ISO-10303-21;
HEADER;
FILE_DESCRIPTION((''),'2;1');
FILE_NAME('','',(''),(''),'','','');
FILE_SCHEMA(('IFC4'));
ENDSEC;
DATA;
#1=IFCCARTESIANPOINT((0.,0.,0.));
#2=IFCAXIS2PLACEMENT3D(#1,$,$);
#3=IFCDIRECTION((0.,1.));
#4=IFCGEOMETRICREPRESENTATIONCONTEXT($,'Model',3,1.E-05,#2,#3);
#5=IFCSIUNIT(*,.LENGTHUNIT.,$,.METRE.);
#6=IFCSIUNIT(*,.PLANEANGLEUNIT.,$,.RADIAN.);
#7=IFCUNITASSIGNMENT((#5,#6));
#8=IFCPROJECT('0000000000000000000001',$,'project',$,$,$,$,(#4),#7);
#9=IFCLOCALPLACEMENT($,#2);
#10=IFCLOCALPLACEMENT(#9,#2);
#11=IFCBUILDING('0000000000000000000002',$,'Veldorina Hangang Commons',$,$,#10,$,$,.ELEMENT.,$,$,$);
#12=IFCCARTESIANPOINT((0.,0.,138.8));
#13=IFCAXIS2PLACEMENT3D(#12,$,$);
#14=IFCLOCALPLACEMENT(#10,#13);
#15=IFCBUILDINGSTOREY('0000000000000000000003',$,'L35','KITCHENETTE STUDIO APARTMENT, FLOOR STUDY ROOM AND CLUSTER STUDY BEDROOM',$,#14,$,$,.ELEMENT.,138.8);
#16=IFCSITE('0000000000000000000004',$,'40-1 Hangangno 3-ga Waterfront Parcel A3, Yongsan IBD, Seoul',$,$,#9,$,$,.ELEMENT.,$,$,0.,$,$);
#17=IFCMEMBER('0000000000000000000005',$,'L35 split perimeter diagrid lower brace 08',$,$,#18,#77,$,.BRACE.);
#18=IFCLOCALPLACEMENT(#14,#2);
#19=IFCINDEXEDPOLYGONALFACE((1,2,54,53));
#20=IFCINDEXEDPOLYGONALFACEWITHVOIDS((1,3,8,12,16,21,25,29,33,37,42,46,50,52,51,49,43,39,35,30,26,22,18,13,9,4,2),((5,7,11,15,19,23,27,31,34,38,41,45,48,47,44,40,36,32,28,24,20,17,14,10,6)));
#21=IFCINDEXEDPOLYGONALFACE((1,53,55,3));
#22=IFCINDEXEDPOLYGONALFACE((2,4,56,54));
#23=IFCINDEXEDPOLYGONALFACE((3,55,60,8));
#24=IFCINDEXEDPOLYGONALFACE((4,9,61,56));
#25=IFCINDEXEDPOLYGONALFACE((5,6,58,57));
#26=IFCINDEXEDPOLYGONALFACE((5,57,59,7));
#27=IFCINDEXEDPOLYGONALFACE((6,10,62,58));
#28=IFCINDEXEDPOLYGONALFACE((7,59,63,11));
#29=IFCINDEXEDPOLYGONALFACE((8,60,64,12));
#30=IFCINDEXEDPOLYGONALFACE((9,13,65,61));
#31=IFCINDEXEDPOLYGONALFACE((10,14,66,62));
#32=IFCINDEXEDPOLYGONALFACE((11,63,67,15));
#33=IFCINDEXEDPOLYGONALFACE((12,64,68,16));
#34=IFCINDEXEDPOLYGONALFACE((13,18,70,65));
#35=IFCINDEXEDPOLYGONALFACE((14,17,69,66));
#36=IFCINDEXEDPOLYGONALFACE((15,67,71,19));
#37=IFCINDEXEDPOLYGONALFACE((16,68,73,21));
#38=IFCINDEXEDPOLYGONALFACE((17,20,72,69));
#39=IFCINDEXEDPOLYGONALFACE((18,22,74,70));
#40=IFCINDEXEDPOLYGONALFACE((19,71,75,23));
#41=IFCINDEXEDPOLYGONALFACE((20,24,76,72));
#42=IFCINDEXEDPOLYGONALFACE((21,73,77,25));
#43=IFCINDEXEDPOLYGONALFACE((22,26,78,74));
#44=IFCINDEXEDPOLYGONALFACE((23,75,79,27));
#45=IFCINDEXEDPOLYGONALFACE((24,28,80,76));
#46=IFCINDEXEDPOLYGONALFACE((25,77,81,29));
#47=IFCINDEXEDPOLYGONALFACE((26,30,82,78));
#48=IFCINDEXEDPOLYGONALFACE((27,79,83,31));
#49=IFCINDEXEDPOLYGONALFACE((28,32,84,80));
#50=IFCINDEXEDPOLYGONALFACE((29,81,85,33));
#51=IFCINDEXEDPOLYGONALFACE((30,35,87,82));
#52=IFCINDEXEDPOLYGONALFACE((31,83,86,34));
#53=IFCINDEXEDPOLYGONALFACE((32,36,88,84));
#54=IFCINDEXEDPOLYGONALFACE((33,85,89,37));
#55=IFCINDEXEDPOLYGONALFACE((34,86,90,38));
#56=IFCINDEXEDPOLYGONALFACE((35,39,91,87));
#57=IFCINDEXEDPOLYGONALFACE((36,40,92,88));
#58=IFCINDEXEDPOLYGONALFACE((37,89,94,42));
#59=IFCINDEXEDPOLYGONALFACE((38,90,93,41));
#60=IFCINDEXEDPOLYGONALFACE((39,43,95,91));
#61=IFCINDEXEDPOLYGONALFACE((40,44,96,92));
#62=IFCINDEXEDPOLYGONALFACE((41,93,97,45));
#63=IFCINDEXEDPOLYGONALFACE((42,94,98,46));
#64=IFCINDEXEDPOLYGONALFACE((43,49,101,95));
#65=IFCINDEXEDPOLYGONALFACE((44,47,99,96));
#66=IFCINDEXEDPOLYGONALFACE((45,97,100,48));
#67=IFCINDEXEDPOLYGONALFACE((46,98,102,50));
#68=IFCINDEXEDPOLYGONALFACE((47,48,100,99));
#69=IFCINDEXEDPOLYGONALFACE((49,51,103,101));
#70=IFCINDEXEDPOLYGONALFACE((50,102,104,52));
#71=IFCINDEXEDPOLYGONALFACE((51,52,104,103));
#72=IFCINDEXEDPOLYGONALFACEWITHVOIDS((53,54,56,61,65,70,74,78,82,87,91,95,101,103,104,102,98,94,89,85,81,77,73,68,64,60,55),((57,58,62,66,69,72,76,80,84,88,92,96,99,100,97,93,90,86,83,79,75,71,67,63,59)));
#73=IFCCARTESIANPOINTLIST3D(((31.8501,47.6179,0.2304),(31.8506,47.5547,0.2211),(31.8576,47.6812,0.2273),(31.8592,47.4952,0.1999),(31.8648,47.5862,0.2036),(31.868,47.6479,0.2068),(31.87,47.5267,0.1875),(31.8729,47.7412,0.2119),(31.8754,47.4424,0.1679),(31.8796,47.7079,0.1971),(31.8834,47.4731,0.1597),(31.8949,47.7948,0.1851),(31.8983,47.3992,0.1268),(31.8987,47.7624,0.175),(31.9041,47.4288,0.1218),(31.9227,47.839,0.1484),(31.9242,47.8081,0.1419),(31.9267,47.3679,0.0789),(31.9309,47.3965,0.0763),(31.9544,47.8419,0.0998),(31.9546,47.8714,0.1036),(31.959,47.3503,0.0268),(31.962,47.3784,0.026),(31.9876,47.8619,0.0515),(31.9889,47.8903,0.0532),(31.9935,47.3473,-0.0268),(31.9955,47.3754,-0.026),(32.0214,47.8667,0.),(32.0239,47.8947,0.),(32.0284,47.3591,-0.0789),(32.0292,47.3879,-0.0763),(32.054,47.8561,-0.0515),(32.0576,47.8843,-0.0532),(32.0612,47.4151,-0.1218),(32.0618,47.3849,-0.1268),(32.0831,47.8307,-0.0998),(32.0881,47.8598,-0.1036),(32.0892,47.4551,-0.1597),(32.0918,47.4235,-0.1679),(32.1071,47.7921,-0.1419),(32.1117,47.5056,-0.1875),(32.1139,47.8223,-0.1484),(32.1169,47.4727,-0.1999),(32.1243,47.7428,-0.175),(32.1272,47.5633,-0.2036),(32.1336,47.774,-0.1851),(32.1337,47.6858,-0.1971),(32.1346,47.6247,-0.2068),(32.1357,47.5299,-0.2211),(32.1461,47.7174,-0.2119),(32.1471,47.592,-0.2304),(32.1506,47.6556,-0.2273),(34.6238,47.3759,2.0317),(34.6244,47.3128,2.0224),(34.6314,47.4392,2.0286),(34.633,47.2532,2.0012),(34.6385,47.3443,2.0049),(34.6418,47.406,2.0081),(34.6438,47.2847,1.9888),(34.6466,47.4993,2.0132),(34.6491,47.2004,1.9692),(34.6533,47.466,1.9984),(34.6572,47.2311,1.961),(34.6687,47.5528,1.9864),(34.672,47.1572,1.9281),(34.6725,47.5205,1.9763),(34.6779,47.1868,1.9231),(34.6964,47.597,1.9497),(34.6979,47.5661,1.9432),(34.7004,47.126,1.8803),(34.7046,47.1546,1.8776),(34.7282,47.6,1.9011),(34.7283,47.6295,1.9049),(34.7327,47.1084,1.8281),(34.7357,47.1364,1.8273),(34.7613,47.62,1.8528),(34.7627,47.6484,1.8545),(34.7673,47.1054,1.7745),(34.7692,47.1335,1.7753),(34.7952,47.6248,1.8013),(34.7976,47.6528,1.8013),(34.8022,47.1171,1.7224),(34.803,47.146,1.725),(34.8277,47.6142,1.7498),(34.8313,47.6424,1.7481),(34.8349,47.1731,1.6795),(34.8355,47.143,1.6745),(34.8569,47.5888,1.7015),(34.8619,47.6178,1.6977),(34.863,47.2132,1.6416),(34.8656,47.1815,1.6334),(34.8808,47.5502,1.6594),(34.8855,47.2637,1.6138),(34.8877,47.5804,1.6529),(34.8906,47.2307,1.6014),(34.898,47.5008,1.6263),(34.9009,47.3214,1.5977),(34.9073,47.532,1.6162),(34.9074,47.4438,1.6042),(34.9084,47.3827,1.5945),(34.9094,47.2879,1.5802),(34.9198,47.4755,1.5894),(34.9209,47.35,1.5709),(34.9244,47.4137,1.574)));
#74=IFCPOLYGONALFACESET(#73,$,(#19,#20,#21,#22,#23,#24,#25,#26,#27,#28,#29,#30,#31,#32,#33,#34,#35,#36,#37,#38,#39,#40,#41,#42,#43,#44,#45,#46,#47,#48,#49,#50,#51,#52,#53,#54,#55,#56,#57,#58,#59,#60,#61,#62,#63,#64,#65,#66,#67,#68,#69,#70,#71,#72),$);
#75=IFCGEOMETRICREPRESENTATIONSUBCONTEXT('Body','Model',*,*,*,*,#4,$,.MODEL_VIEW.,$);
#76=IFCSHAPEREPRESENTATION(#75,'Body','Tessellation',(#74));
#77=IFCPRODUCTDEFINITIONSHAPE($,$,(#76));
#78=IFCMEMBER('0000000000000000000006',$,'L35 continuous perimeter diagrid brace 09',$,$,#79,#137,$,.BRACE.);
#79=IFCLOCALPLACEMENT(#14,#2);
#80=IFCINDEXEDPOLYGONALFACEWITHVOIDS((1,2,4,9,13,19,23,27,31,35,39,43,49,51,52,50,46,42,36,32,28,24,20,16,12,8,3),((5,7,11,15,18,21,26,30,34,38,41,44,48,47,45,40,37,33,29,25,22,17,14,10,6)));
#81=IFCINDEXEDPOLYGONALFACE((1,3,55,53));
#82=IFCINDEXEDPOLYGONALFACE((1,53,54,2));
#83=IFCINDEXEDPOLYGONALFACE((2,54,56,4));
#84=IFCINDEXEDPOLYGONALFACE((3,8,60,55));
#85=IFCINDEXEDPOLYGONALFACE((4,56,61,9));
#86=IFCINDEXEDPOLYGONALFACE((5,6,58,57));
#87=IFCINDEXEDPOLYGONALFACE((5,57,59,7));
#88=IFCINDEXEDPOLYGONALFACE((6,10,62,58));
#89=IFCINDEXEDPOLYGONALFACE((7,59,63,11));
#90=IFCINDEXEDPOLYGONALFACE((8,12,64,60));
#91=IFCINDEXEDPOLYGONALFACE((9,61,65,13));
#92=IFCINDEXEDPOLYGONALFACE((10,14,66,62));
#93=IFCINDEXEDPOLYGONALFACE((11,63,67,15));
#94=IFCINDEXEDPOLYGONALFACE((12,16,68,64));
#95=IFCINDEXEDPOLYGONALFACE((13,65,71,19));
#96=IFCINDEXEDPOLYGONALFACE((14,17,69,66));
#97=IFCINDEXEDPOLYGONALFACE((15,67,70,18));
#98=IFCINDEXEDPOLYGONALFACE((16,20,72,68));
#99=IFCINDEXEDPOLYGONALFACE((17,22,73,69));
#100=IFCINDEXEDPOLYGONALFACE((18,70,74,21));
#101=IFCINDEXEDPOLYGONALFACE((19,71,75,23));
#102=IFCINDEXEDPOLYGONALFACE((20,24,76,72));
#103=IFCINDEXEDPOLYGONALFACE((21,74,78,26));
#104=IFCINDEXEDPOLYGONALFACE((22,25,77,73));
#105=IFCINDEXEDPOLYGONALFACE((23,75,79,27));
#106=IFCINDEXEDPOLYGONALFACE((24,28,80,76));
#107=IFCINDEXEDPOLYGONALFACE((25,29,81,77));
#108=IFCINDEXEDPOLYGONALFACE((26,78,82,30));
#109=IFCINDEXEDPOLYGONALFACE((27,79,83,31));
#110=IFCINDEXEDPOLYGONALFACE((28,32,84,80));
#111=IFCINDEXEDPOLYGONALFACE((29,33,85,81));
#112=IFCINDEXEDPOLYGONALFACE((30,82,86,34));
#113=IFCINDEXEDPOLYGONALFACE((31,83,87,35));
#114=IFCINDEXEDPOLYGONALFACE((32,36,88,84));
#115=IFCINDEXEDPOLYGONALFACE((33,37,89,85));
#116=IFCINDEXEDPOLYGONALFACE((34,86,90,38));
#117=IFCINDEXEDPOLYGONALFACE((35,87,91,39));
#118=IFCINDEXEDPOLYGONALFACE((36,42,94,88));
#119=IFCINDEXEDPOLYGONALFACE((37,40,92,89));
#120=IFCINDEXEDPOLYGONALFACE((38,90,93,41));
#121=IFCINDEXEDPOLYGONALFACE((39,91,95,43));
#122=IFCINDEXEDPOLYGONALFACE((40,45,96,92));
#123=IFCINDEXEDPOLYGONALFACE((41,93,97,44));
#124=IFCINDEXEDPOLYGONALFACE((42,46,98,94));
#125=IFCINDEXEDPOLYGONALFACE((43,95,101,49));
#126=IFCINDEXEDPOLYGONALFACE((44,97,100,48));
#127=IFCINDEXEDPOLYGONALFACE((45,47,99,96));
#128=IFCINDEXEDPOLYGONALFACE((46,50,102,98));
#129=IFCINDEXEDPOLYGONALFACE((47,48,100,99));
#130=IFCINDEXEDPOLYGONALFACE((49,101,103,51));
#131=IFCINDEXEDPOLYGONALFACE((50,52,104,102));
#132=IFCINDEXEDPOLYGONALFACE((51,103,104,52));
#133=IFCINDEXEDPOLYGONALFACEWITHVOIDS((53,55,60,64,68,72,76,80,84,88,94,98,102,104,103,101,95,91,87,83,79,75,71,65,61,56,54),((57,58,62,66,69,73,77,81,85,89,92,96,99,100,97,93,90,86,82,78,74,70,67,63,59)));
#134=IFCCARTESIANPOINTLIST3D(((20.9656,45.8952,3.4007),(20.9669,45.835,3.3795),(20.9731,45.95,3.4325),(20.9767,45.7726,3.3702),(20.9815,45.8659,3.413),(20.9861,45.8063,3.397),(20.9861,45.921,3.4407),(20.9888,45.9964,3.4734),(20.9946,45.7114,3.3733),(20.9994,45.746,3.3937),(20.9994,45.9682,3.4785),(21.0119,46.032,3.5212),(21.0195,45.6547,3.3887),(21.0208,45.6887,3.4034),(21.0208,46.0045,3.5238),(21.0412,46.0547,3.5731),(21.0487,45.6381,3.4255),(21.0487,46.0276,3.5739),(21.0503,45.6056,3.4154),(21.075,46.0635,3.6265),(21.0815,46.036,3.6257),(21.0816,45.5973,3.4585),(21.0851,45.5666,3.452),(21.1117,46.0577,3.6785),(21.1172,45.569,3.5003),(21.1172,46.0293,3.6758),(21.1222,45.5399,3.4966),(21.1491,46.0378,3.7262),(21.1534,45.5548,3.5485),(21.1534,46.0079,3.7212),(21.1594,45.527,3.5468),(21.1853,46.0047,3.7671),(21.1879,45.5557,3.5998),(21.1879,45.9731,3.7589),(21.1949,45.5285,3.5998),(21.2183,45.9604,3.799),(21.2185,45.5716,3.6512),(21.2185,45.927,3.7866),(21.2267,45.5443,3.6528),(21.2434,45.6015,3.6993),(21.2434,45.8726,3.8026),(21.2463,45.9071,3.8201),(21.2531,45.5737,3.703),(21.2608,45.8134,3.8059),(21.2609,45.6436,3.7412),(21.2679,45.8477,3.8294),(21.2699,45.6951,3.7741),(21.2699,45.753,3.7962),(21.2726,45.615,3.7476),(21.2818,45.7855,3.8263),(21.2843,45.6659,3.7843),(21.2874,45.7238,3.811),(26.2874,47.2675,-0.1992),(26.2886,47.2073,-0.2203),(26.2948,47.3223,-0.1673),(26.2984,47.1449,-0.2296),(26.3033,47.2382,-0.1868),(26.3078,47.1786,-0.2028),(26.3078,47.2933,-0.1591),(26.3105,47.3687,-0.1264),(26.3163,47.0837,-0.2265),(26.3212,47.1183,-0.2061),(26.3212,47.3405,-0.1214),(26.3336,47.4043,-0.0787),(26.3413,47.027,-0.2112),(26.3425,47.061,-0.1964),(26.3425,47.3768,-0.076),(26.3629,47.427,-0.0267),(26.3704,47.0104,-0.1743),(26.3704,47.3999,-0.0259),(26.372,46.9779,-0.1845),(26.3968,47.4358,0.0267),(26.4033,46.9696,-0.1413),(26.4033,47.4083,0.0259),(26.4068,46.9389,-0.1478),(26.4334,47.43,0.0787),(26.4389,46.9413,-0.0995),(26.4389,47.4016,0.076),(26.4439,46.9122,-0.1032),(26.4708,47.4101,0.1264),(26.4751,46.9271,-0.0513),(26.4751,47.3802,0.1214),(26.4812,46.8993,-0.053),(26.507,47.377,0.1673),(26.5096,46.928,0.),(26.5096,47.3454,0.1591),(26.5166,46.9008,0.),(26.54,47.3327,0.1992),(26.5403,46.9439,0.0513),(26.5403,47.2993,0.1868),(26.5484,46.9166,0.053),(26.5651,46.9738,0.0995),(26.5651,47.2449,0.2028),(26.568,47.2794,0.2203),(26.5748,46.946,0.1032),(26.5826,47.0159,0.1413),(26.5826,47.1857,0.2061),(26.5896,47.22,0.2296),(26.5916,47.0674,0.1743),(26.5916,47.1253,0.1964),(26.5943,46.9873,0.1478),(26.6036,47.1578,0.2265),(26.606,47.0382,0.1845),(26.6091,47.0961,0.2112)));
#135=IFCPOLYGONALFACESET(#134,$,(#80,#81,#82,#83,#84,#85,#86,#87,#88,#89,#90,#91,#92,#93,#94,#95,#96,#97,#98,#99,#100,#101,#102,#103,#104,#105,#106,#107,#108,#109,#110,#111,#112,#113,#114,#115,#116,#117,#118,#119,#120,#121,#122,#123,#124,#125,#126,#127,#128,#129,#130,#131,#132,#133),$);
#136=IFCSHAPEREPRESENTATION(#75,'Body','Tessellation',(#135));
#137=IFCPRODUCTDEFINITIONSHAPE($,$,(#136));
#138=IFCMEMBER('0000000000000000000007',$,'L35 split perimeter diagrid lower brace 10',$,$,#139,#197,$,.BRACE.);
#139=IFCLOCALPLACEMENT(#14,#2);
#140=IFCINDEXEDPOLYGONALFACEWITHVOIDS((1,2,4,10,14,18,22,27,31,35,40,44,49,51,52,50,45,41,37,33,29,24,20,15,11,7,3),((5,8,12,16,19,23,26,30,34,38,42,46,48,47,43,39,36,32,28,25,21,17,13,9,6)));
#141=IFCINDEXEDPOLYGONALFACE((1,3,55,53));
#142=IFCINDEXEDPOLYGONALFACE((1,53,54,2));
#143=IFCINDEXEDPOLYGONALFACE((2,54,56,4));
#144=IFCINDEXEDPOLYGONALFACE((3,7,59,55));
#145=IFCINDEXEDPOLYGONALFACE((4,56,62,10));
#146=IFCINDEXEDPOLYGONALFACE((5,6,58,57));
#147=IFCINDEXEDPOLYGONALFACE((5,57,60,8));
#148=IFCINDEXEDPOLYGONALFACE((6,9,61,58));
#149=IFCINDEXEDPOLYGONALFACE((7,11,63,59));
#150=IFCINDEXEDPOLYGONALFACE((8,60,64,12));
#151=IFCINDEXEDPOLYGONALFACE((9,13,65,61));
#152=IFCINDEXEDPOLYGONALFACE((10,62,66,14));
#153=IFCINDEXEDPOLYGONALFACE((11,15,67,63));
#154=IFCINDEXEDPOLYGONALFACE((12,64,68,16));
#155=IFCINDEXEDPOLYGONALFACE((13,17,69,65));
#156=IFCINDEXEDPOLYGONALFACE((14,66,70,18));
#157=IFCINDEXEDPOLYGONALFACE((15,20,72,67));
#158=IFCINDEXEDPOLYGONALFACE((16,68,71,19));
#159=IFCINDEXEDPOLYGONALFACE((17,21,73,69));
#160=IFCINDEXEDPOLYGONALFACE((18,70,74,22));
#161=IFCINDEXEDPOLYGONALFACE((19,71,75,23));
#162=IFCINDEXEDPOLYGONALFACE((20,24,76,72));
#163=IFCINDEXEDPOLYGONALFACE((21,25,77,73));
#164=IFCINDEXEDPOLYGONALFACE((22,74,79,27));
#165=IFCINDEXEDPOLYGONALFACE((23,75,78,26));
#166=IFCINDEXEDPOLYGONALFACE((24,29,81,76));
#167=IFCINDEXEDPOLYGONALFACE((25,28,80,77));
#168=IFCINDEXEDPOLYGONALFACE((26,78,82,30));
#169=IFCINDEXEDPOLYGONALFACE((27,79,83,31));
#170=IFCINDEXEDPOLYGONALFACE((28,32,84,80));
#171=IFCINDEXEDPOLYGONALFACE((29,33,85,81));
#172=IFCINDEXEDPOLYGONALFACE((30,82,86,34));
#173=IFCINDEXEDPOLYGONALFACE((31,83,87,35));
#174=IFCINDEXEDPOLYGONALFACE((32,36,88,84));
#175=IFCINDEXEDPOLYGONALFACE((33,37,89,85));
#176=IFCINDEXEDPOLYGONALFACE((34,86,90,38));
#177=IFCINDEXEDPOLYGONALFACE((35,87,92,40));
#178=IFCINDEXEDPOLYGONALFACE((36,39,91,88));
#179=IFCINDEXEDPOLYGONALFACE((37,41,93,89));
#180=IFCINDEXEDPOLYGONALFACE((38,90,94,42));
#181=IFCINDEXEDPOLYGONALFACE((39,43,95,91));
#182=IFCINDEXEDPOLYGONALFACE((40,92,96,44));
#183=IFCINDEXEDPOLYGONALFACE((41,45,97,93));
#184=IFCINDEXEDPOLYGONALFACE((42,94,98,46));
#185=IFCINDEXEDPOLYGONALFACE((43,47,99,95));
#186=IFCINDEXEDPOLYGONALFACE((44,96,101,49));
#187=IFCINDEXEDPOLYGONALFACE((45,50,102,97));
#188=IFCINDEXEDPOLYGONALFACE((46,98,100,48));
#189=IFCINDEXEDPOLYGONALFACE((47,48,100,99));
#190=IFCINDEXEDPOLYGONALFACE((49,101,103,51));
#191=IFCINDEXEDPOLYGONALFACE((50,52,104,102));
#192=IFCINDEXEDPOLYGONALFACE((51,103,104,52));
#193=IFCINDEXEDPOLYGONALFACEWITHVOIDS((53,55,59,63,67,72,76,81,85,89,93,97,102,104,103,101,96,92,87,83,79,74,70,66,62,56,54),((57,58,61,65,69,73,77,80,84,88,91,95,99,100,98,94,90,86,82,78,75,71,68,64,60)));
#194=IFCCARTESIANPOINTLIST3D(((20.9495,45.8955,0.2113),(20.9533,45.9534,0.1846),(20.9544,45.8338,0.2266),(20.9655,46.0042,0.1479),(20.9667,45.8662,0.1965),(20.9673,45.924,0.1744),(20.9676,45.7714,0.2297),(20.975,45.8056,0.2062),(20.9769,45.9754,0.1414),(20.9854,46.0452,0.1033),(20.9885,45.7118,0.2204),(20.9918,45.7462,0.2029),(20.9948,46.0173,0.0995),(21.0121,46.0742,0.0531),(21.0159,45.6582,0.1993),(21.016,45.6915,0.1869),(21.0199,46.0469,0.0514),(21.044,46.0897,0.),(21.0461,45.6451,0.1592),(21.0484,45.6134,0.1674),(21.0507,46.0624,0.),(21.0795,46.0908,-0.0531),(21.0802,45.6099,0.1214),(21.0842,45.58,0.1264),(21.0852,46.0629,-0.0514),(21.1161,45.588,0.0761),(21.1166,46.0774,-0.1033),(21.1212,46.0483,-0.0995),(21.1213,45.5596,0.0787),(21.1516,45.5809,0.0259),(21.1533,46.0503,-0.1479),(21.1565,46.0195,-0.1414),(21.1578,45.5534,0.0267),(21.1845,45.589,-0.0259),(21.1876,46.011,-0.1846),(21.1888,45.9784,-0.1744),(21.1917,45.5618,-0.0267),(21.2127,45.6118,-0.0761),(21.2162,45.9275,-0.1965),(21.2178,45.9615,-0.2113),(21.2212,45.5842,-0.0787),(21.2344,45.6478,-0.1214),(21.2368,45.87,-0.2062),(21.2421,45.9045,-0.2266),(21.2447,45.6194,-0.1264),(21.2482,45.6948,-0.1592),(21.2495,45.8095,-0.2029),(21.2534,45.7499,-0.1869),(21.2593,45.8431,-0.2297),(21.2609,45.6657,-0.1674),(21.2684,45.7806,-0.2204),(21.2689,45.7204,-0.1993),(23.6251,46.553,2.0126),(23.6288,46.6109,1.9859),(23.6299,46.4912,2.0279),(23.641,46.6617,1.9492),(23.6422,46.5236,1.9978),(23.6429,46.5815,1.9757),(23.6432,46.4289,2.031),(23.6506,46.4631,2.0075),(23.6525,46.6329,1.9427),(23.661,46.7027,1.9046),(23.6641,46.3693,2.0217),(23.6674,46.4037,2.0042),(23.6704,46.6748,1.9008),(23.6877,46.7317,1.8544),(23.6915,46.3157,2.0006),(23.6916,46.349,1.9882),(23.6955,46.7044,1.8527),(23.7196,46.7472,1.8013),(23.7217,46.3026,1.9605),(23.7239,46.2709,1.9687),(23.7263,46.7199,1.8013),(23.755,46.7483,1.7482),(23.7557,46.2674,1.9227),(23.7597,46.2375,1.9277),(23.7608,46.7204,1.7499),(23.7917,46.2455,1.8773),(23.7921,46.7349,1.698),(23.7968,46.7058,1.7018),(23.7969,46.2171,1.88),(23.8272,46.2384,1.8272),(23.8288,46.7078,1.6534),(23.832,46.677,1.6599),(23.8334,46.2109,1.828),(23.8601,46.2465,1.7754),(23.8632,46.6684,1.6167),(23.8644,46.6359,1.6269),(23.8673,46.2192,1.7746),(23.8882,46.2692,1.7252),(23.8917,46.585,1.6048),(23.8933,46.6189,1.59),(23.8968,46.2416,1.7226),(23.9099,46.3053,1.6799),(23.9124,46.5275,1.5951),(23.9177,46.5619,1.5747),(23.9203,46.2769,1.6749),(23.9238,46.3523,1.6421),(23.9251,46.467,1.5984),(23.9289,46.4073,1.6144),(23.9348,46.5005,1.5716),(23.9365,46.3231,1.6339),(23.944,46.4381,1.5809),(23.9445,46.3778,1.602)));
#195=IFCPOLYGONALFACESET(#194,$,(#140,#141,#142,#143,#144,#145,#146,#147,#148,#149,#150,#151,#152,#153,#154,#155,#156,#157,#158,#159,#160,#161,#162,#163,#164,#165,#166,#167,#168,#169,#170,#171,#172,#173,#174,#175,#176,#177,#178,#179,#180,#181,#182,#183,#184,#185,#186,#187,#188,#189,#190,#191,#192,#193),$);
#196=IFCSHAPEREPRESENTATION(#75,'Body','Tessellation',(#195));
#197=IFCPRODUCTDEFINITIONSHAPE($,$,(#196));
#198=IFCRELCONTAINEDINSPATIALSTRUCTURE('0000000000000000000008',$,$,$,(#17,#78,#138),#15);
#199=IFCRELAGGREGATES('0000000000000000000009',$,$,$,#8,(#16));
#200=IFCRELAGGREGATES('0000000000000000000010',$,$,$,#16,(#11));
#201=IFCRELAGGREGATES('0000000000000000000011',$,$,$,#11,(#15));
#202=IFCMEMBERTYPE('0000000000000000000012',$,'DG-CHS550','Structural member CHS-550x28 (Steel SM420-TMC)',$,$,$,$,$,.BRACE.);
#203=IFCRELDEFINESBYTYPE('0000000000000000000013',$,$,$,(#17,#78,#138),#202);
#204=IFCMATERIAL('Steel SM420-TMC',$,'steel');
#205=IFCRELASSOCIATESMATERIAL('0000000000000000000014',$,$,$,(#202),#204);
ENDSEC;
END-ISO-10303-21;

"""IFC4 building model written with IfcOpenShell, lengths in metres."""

from ifc_helpers import new_model, si_unit, direction, frame, origin, origin_2d, place, context, subcontext, project, spatial, hollow_circle, extrude, material, material_profile, profile_set, type_object, element, save


model = new_model("IFC4")

# Units and contexts
model_context = context("Model", 3, precision=1e-05, world=origin(), true_north=direction((0.0, 1.0)))
body_context = subcontext(model_context, "Body", "Model", "MODEL_VIEW")
ifc_project = project(units=[si_unit("LENGTHUNIT", "METRE"), si_unit("PLANEANGLEUNIT", "RADIAN")], contexts=[model_context])

# Site, building, storey
site_placement = place(None, origin())
site = spatial("IfcSite", under=ifc_project, at=site_placement, Name="40-1 Hangangno 3-ga Waterfront Parcel A3, Yongsan IBD, Seoul", CompositionType="ELEMENT", RefElevation=0.0)
building_placement = place(site_placement, origin())
building = spatial("IfcBuilding", under=site, at=building_placement, Name="Veldorina Hangang Commons", CompositionType="ELEMENT")
storey_placement = place(building_placement, frame((0.0, 0.0, 138.8)))
storey = spatial("IfcBuildingStorey", under=building, at=storey_placement, Name="L35", Description="KITCHENETTE STUDIO APARTMENT, FLOOR STUDY ROOM AND CLUSTER STUDY BEDROOM", CompositionType="ELEMENT", Elevation=138.8)

# Shared definitions
ifc_material_1 = material(Name="Steel SM420-TMC", Category="steel")

# Members
ifc_material_profile_1 = material_profile(ifc_material_1, hollow_circle(Radius=0.2749, WallThickness=0.0281, at=origin_2d()), Name="CHS-550x28")
ifc_profile_set_1 = profile_set([ifc_material_profile_1], Name="Steel SM420-TMC")
member_type = type_object("IfcMemberType", Name="DG-CHS550", Description="Structural member CHS-550x28 (Steel SM420-TMC)", PredefinedType="BRACE", material=ifc_profile_set_1)
member_1_placement = place(storey_placement, frame((32.0, 47.6208, 0.0), z_axis=(0.836433, -0.072961, 0.543192), x_axis=(0.086898, 0.996217, 0.0)))
element("IfcMember", 1, at=member_1_placement, inside=storey, type_object=member_type, Name="L35 split perimeter diagrid lower brace 08", PredefinedType="BRACE", context=body_context, shape_type="SweptSolid", body=[
    extrude(hollow_circle(Radius=0.2749, WallThickness=0.0281, at=origin_2d()), origin(), (0.0, 0.0, 1.0), 3.3162),
])
member_2_placement = place(storey_placement, frame((26.448, 47.167, 0.0), z_axis=(-0.810025, -0.208879, 0.547932), x_axis=(0.249699, -0.968323, 0.0)))
element("IfcMember", 2, at=member_2_placement, inside=storey, type_object=member_type, Name="L35 continuous perimeter diagrid brace 09", PredefinedType="BRACE", context=body_context, shape_type="SweptSolid", body=[
    extrude(hollow_circle(Radius=0.2749, WallThickness=0.0281, at=origin_2d()), origin(), (0.0, 0.0, 1.0), 6.5698),
])
member_3_placement = place(storey_placement, frame((21.1096, 45.8228, 0.0), z_axis=(0.812811, 0.199735, 0.547214), x_axis=(-0.238635, 0.971109, 0.0)))
element("IfcMember", 3, at=member_3_placement, inside=storey, type_object=member_type, Name="L35 split perimeter diagrid lower brace 10", PredefinedType="BRACE", context=body_context, shape_type="SweptSolid", body=[
    extrude(hollow_circle(Radius=0.2749, WallThickness=0.0281, at=origin_2d()), origin(), (0.0, 0.0, 1.0), 3.2917),
])

save(model, "model.ifc")
